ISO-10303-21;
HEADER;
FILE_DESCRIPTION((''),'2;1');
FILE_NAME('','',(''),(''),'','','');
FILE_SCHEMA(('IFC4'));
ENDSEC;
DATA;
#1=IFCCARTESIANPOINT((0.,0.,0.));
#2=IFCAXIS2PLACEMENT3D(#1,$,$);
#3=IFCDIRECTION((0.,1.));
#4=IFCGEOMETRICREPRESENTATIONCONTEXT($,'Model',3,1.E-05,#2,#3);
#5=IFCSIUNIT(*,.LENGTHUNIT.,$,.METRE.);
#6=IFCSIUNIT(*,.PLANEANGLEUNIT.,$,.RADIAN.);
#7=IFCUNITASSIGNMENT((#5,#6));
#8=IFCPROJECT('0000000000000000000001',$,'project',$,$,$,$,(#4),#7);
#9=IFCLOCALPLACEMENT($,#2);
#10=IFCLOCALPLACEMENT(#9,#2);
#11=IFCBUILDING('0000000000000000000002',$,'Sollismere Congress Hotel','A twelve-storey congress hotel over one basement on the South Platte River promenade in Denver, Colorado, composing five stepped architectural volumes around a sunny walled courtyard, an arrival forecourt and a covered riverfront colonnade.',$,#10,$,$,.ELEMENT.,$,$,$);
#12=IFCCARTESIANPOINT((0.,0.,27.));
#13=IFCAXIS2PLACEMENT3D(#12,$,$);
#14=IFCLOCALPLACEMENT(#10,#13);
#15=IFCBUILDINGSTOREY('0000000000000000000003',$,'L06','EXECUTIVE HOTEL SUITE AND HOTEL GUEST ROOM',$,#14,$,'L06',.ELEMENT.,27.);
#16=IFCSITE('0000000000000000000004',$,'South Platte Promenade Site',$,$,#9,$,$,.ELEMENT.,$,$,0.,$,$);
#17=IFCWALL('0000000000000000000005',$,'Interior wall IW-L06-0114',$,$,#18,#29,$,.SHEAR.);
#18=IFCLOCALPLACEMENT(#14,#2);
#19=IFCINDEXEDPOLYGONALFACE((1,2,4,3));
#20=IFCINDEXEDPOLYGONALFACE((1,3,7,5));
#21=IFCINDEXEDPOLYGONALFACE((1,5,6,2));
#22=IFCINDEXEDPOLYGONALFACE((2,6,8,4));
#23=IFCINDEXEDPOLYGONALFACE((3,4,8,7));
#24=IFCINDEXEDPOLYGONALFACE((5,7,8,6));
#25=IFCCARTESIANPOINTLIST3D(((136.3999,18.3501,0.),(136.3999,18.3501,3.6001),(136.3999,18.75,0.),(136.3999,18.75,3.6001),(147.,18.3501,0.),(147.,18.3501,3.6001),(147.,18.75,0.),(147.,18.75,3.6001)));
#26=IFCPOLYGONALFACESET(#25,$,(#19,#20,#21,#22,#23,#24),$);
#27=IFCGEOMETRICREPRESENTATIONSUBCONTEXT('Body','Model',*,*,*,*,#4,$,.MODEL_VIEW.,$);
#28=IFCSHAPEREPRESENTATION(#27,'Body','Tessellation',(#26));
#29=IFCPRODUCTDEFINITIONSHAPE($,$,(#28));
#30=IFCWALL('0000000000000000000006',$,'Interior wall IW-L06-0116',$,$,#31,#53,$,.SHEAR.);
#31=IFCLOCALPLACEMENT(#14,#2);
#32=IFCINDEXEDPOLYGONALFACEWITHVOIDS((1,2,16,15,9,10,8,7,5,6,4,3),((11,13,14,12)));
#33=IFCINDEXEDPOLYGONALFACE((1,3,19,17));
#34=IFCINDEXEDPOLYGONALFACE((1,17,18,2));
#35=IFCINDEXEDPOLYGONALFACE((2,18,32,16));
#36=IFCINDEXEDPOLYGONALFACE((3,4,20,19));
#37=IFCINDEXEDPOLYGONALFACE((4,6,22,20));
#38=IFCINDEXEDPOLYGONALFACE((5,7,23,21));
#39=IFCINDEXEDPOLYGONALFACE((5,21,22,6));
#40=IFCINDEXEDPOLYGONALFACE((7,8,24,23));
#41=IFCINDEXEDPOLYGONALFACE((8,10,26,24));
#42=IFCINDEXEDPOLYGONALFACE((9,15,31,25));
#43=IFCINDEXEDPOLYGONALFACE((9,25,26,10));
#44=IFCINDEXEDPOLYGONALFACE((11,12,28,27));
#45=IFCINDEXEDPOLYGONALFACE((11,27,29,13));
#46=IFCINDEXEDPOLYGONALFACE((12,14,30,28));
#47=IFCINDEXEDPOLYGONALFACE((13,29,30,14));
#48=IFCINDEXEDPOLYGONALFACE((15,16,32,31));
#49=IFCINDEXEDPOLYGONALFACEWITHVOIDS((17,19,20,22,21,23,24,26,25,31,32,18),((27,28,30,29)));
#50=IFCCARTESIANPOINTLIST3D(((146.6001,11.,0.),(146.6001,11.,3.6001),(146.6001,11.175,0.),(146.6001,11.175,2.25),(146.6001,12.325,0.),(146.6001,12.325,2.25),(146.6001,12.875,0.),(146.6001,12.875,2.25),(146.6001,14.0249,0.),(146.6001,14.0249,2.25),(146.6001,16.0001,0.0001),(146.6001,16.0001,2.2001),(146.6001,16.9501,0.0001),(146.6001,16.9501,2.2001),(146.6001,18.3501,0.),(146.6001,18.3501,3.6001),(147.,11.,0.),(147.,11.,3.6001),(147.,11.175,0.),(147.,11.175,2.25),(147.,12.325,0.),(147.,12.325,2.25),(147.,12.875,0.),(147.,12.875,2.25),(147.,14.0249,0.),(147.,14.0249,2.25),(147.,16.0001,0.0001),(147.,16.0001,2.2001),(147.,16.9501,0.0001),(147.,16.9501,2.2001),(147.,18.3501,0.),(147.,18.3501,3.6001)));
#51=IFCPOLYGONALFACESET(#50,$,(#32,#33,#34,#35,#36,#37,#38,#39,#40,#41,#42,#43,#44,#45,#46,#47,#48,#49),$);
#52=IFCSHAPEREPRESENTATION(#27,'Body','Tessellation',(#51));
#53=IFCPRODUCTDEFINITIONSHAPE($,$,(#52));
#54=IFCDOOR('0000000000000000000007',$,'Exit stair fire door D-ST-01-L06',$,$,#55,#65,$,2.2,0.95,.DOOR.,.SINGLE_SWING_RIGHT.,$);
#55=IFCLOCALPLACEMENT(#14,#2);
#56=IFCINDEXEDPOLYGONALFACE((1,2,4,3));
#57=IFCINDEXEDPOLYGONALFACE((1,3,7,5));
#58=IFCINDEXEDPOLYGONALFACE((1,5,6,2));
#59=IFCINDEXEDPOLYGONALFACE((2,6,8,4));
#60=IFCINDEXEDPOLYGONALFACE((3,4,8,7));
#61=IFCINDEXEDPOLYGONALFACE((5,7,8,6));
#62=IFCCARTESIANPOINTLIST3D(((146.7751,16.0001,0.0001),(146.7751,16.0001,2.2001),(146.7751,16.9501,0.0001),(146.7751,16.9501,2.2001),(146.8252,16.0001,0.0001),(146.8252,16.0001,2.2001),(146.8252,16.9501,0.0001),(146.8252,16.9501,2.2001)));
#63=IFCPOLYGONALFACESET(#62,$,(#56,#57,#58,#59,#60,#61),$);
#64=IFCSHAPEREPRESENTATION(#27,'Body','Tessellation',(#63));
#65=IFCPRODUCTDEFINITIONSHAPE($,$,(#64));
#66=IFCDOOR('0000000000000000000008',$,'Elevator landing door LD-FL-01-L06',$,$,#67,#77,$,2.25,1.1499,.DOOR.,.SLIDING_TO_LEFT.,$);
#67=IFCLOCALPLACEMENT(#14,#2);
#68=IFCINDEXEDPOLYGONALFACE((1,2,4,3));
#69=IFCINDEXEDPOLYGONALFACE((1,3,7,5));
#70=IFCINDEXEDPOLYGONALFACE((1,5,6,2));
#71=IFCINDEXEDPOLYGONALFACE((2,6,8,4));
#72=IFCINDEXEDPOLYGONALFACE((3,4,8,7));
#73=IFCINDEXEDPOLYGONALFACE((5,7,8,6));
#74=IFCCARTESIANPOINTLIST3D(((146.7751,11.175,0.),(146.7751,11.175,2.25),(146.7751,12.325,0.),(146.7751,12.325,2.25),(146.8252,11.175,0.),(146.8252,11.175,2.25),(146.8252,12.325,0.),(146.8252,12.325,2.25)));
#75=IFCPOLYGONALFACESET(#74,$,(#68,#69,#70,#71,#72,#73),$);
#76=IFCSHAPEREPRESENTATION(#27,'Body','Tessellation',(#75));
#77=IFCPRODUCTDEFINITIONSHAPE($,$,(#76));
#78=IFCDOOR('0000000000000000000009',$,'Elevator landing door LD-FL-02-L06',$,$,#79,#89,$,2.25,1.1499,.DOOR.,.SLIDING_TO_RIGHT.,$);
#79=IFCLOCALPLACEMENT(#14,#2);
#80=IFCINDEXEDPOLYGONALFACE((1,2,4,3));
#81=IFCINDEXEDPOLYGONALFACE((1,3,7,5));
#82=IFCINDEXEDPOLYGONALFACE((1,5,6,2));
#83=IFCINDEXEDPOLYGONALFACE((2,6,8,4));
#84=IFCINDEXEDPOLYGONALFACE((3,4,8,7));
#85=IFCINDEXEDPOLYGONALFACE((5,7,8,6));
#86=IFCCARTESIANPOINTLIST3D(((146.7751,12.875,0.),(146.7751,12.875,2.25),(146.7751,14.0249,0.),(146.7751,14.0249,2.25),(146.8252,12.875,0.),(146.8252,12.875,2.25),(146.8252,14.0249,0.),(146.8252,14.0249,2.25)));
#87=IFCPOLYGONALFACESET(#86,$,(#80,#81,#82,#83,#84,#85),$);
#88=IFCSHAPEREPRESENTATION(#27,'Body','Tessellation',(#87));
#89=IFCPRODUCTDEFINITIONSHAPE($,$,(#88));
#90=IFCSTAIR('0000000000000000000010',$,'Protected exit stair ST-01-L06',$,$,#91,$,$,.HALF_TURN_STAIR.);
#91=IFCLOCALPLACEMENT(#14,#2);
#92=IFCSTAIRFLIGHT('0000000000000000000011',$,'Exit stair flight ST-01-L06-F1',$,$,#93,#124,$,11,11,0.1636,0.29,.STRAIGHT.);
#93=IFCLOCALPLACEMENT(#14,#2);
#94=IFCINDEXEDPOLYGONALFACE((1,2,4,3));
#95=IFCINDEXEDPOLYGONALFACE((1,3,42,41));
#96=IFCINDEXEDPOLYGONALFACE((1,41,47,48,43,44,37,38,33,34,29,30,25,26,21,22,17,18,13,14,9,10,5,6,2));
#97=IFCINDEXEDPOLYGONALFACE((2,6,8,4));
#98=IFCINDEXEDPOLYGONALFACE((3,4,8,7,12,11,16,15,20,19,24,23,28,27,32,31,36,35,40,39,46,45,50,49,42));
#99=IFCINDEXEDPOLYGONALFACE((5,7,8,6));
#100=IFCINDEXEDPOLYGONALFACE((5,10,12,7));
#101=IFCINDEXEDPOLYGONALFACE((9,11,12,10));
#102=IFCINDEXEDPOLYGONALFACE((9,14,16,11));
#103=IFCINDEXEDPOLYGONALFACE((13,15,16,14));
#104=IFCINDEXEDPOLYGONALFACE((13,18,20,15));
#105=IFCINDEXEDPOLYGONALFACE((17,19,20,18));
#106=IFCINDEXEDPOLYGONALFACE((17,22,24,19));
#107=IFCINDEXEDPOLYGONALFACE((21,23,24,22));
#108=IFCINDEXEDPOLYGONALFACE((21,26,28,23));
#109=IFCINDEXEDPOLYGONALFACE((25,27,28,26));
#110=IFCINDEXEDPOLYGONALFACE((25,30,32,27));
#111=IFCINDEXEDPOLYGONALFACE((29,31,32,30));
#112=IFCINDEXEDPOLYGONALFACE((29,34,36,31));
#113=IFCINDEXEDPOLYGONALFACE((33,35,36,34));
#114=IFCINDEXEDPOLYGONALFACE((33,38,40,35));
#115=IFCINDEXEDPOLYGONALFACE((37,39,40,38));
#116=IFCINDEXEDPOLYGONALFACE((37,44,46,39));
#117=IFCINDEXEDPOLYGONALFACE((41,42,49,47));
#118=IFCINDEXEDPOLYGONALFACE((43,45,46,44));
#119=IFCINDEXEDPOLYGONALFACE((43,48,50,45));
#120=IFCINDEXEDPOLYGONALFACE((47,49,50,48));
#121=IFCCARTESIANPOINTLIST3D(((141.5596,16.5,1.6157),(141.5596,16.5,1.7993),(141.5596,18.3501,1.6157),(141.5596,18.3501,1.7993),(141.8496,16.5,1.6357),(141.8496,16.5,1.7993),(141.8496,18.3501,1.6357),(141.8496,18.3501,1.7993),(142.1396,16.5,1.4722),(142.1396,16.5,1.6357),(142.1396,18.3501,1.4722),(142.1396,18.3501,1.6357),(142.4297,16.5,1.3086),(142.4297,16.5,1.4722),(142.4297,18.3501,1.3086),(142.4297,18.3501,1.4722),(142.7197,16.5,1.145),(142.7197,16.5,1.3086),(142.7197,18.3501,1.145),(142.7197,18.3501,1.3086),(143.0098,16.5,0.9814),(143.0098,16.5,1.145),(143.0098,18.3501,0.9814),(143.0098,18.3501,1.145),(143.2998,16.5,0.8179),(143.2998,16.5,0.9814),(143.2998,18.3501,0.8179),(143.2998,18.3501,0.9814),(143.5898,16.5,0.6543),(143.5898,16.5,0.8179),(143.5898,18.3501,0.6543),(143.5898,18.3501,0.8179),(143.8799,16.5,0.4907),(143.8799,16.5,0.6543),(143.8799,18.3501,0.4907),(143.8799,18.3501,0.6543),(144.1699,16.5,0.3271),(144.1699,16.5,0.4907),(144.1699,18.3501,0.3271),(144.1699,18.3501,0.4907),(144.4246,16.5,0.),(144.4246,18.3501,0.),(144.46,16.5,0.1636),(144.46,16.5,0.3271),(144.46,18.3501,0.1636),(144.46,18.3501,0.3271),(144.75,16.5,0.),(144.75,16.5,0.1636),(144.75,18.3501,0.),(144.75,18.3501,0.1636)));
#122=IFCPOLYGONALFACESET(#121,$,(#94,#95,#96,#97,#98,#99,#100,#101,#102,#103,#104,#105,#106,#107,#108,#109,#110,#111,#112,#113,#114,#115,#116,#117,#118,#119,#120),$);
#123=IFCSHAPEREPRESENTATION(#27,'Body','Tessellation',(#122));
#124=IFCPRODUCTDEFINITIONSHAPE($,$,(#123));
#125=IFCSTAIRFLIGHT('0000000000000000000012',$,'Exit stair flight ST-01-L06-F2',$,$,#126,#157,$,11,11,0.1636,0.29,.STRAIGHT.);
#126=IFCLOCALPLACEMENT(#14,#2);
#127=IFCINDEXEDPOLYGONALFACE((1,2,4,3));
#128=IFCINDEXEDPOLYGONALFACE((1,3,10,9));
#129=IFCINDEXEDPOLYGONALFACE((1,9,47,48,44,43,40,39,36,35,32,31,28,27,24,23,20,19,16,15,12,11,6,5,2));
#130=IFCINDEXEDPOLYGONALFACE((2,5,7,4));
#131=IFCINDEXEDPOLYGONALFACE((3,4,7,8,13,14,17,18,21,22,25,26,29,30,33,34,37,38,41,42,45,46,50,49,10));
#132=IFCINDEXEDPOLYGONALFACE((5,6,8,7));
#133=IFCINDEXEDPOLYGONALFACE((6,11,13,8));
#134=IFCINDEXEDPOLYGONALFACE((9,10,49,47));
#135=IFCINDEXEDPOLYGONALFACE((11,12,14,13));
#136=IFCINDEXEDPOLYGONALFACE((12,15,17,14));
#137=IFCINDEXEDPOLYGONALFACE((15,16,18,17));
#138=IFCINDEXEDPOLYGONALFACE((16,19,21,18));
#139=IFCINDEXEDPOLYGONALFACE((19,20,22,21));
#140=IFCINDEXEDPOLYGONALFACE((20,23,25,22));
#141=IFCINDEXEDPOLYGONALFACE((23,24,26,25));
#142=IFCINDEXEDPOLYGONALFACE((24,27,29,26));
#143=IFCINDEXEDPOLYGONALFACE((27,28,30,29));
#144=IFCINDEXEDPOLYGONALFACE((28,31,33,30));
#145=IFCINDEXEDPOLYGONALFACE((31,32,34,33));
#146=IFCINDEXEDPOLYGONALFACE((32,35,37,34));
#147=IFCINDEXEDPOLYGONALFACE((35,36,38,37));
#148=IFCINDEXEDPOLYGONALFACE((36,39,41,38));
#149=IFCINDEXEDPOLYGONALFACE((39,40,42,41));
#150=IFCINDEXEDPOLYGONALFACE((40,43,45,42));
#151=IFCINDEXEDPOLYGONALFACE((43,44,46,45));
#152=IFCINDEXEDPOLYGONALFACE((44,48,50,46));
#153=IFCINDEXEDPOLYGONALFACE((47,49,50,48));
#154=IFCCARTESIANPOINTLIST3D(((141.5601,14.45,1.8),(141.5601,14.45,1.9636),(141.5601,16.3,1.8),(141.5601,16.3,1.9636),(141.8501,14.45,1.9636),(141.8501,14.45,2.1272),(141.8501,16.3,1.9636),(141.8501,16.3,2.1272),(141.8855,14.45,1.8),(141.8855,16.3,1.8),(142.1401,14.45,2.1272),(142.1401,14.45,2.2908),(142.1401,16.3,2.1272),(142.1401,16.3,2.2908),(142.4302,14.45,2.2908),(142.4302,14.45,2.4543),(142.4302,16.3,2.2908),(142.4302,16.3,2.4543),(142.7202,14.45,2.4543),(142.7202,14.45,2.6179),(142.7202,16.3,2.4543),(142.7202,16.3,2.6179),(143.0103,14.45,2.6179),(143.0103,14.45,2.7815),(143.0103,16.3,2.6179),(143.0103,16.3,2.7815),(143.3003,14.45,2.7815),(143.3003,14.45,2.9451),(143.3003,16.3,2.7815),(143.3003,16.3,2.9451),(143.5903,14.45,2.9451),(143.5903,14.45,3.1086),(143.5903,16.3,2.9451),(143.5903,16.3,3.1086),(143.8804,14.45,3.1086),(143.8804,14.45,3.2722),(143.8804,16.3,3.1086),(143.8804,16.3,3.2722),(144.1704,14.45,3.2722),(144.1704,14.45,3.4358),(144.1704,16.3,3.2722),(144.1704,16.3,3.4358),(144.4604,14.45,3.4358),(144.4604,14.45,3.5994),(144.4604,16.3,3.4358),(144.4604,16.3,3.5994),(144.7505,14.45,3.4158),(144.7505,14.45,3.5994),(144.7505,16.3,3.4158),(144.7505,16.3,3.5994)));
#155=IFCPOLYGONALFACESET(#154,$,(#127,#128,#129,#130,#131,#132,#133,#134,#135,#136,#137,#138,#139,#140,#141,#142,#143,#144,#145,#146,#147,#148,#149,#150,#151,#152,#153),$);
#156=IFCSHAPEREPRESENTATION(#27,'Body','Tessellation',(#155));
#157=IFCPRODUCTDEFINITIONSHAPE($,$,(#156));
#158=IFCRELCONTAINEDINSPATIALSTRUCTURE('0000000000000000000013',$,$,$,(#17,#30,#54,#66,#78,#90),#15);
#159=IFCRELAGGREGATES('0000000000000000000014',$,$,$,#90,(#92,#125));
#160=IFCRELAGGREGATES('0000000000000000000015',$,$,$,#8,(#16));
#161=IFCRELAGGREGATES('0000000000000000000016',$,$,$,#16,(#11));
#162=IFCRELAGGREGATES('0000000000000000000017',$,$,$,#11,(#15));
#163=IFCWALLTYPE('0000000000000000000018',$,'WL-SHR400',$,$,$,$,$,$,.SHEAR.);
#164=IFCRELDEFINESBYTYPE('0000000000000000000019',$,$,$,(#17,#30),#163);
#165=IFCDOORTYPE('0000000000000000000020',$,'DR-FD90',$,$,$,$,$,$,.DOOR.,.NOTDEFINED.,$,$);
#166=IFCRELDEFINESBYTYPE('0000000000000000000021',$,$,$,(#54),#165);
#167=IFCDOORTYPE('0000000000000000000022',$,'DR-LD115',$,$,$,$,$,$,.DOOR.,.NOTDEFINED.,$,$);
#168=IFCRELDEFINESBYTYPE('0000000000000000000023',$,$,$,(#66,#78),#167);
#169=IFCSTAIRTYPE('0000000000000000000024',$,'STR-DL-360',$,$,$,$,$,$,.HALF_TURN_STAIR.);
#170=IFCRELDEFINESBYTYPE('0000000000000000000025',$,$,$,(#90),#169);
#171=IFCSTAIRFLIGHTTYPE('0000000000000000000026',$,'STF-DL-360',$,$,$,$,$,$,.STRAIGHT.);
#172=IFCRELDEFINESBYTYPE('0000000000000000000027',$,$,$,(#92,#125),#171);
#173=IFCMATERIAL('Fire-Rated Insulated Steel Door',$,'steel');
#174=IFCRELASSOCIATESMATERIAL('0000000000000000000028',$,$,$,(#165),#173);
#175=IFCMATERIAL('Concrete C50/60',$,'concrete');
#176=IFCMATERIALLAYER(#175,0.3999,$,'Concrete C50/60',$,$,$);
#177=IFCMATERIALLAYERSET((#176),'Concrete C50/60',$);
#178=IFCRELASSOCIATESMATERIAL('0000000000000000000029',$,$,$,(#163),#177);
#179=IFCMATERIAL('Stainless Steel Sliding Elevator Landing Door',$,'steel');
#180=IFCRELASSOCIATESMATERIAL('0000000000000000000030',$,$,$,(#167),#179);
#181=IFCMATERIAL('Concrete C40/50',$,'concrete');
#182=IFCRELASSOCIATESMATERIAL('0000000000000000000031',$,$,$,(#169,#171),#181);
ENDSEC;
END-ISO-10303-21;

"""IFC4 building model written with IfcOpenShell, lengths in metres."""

from ifc_helpers import new_model, si_unit, direction, frame, frame_2d, origin, place, context, subcontext, project, spatial, polyline, rectangle, outline, extrude, material, layer, layer_set, type_object, element, fill, aggregate, save


model = new_model("IFC4")

# Units and contexts
model_context = context("Model", 3, precision=1e-05, world=origin(), true_north=direction((0.0, 1.0)))
body_context = subcontext(model_context, "Body", "Model", "MODEL_VIEW")
ifc_project = project(units=[si_unit("LENGTHUNIT", "METRE"), si_unit("PLANEANGLEUNIT", "RADIAN")], contexts=[model_context])

# Site, building, storey
site_placement = place(None, origin())
site = spatial("IfcSite", under=ifc_project, at=site_placement, Name="South Platte Promenade Site", CompositionType="ELEMENT", RefElevation=0.0)
building_placement = place(site_placement, origin())
building = spatial("IfcBuilding", under=site, at=building_placement, Name="Sollismere Congress Hotel", Description="A twelve-storey congress hotel over one basement on the South Platte River promenade in Denver, Colorado, composing five stepped architectural volumes around a sunny walled courtyard, an arrival forecourt and a covered riverfront colonnade.", CompositionType="ELEMENT")
storey_placement = place(building_placement, frame((0.0, 0.0, 27.0)))
storey = spatial("IfcBuildingStorey", under=building, at=storey_placement, Name="L06", Description="EXECUTIVE HOTEL SUITE AND HOTEL GUEST ROOM", LongName="L06", CompositionType="ELEMENT", Elevation=27.0)

# Shared definitions
ifc_material_1 = material(Name="Fire-Rated Insulated Steel Door", Category="steel")
door_type_1 = type_object("IfcDoorType", Name="DR-FD90", OperationType="NOTDEFINED", PredefinedType="DOOR", material=ifc_material_1)

# Wall
ifc_material_2 = material(Name="Concrete C50/60", Category="concrete")
ifc_layer_1 = layer(ifc_material_2, 0.3999, Name="Concrete C50/60")
ifc_layer_set_1 = layer_set([ifc_layer_1], Name="Concrete C50/60")
wall_type_1 = type_object("IfcWallType", Name="WL-SHR400", PredefinedType="SHEAR", material=ifc_layer_set_1)
wall_1_placement = place(storey_placement, frame((147.0, 18.55, 0.0), z_axis=(0.0, 0.0, 1.0), x_axis=(-1.0, 0.0, 0.0)))
element("IfcWall", 1, at=wall_1_placement, inside=storey, type_object=wall_type_1, Name="Interior wall IW-L06-0114", PredefinedType="SHEAR", context=body_context, shape_type="SweptSolid", body=[
    extrude(rectangle(XDim=10.6001, YDim=0.3999, at=frame_2d((5.3, 0.0))), origin(), (0.0, 0.0, 1.0), 3.6001),
])

# Wall, openings, doors
wall_2_placement = place(storey_placement, frame((146.8, 11.0, 0.0), z_axis=(0.0, 0.0, 1.0), x_axis=(0.0, 1.0, 0.0)))
wall_2 = element("IfcWall", 2, at=wall_2_placement, inside=storey, type_object=wall_type_1, Name="Interior wall IW-L06-0116", PredefinedType="SHEAR", context=body_context, shape_type="SweptSolid", body=[
    extrude(rectangle(XDim=7.3501, YDim=0.3999, at=frame_2d((3.675, 0.0))), origin(), (0.0, 0.0, 1.0), 3.6001),
])
opening_1_placement = place(wall_2_placement, frame((5.0, 0.0, 0.0)))
opening_1 = element("IfcOpeningElement", 3, at=opening_1_placement, cuts=wall_2, PredefinedType="OPENING", context=body_context, shape_type="SweptSolid", body=[
    extrude(rectangle(XDim=0.95, YDim=2.2, at=frame_2d((0.4751, 1.1001))), frame((0.0, 0.21, 0.0), z_axis=(0.0, -1.0, 0.0), x_axis=(1.0, 0.0, 0.0)), (0.0, 0.0, 1.0), 0.4199),
])
opening_2_placement = place(wall_2_placement, frame((0.175, 0.0, 0.0)))
opening_2 = element("IfcOpeningElement", 4, at=opening_2_placement, cuts=wall_2, PredefinedType="OPENING", context=body_context, shape_type="SweptSolid", body=[
    extrude(rectangle(XDim=1.1499, YDim=2.25, at=frame_2d((0.575, 1.125))), frame((0.0, 0.21, 0.0), z_axis=(0.0, -1.0, 0.0), x_axis=(1.0, 0.0, 0.0)), (0.0, 0.0, 1.0), 0.4199),
])
opening_3_placement = place(wall_2_placement, frame((1.875, 0.0, 0.0)))
opening_3 = element("IfcOpeningElement", 5, at=opening_3_placement, cuts=wall_2, PredefinedType="OPENING", context=body_context, shape_type="SweptSolid", body=[
    extrude(rectangle(XDim=1.1499, YDim=2.25, at=frame_2d((0.575, 1.125))), frame((0.0, 0.21, 0.0), z_axis=(0.0, -1.0, 0.0), x_axis=(1.0, 0.0, 0.0)), (0.0, 0.0, 1.0), 0.4199),
])
door_1_placement = place(opening_1_placement, origin())
door_1 = element("IfcDoor", 6, at=door_1_placement, inside=storey, type_object=door_type_1, Name="Exit stair fire door D-ST-01-L06", OperationType="SINGLE_SWING_RIGHT", OverallHeight=2.2, OverallWidth=0.95, PredefinedType="DOOR", context=body_context, shape_type="SweptSolid", body=[
    extrude(rectangle(XDim=0.95, YDim=2.2, at=frame_2d((0.4751, 1.1001))), frame((0.0, 0.0249, 0.0), z_axis=(0.0, -1.0, 0.0), x_axis=(1.0, 0.0, 0.0)), (0.0, 0.0, 1.0), 0.05),
])
fill(opening_1, door_1)
ifc_material_3 = material(Name="Stainless Steel Sliding Elevator Landing Door", Category="steel")
door_type_2 = type_object("IfcDoorType", Name="DR-LD115", OperationType="NOTDEFINED", PredefinedType="DOOR", material=ifc_material_3)
door_2_placement = place(opening_2_placement, origin())
door_2 = element("IfcDoor", 7, at=door_2_placement, inside=storey, type_object=door_type_2, Name="Elevator landing door LD-FL-01-L06", OperationType="SLIDING_TO_LEFT", OverallHeight=2.25, OverallWidth=1.1499, PredefinedType="DOOR", context=body_context, shape_type="SweptSolid", body=[
    extrude(rectangle(XDim=1.1499, YDim=2.25, at=frame_2d((0.575, 1.125))), frame((0.0, 0.0249, 0.0), z_axis=(0.0, -1.0, 0.0), x_axis=(1.0, 0.0, 0.0)), (0.0, 0.0, 1.0), 0.05),
])
fill(opening_2, door_2)
door_3_placement = place(opening_3_placement, origin())
door_3 = element("IfcDoor", 8, at=door_3_placement, inside=storey, type_object=door_type_2, Name="Elevator landing door LD-FL-02-L06", OperationType="SLIDING_TO_RIGHT", OverallHeight=2.25, OverallWidth=1.1499, PredefinedType="DOOR", context=body_context, shape_type="SweptSolid", body=[
    extrude(rectangle(XDim=1.1499, YDim=2.25, at=frame_2d((0.575, 1.125))), frame((0.0, 0.0249, 0.0), z_axis=(0.0, -1.0, 0.0), x_axis=(1.0, 0.0, 0.0)), (0.0, 0.0, 1.0), 0.05),
])
fill(opening_3, door_3)

# Stair, stair flights
ifc_material_4 = material(Name="Concrete C40/50", Category="concrete")
stair_type = type_object("IfcStairType", Name="STR-DL-360", PredefinedType="HALF_TURN_STAIR", material=ifc_material_4)
stair_placement = place(storey_placement, origin())
stair = element("IfcStair", 9, at=stair_placement, inside=storey, type_object=stair_type, Name="Protected exit stair ST-01-L06", PredefinedType="HALF_TURN_STAIR")
stair_flight_type = type_object("IfcStairFlightType", Name="STF-DL-360", PredefinedType="STRAIGHT", material=ifc_material_4)
stair_flight_1_placement = place(storey_placement, frame((144.75, 17.425, 0.0), z_axis=(0.0, 0.0, 1.0), x_axis=(-1.0, 0.0, 0.0)))
stair_flight_1 = element("IfcStairFlight", 10, at=stair_flight_1_placement, type_object=stair_flight_type, Name="Exit stair flight ST-01-L06-F1", NumberOfRisers=11, NumberOfTreads=11, PredefinedType="STRAIGHT", RiserHeight=0.1636, TreadLength=0.29, context=body_context, shape_type="SweptSolid", body=[
    extrude(outline(polyline([(0.0, 0.0), (0.0, 0.1636), (0.29, 0.1636), (0.29, 0.3271), (0.5801, 0.3271), (0.5801, 0.4907), (0.8701, 0.4907), (0.8701, 0.6543), (1.1602, 0.6543), (1.1602, 0.8179), (1.4502, 0.8179), (1.4502, 0.9814), (1.7402, 0.9814), (1.7402, 1.145), (2.0303, 1.145), (2.0303, 1.3086), (2.3203, 1.3086), (2.3203, 1.4722), (2.6104, 1.4722), (2.6104, 1.6357), (2.9004, 1.6357), (2.9004, 1.7993), (3.1904, 1.7993), (3.1904, 1.6157), (0.3254, 0.0), (0.0, 0.0)])), frame((0.0, 0.925, 0.0), z_axis=(0.0, -1.0, 0.0), x_axis=(1.0, 0.0, 0.0)), (0.0, 0.0, 1.0), 1.8501),
])
stair_flight_2_placement = place(storey_placement, frame((141.5601, 15.375, 1.8), z_axis=(0.0, 0.0, 1.0), x_axis=(1.0, 0.0, 0.0)))
stair_flight_2 = element("IfcStairFlight", 11, at=stair_flight_2_placement, type_object=stair_flight_type, Name="Exit stair flight ST-01-L06-F2", NumberOfRisers=11, NumberOfTreads=11, PredefinedType="STRAIGHT", RiserHeight=0.1636, TreadLength=0.29, context=body_context, shape_type="SweptSolid", body=[
    extrude(outline(polyline([(0.0, 0.0), (0.0, 0.1636), (0.29, 0.1636), (0.29, 0.3271), (0.5801, 0.3271), (0.5801, 0.4907), (0.8701, 0.4907), (0.8701, 0.6543), (1.1602, 0.6543), (1.1602, 0.8179), (1.4502, 0.8179), (1.4502, 0.9814), (1.7402, 0.9814), (1.7402, 1.145), (2.0303, 1.145), (2.0303, 1.3086), (2.3203, 1.3086), (2.3203, 1.4722), (2.6104, 1.4722), (2.6104, 1.6357), (2.9004, 1.6357), (2.9004, 1.7993), (3.1904, 1.7993), (3.1904, 1.6157), (0.3254, 0.0), (0.0, 0.0)])), frame((0.0, 0.925, 0.0), z_axis=(0.0, -1.0, 0.0), x_axis=(1.0, 0.0, 0.0)), (0.0, 0.0, 1.0), 1.8501),
])
aggregate(stair, [stair_flight_1, stair_flight_2])

save(model, "model.ifc")
